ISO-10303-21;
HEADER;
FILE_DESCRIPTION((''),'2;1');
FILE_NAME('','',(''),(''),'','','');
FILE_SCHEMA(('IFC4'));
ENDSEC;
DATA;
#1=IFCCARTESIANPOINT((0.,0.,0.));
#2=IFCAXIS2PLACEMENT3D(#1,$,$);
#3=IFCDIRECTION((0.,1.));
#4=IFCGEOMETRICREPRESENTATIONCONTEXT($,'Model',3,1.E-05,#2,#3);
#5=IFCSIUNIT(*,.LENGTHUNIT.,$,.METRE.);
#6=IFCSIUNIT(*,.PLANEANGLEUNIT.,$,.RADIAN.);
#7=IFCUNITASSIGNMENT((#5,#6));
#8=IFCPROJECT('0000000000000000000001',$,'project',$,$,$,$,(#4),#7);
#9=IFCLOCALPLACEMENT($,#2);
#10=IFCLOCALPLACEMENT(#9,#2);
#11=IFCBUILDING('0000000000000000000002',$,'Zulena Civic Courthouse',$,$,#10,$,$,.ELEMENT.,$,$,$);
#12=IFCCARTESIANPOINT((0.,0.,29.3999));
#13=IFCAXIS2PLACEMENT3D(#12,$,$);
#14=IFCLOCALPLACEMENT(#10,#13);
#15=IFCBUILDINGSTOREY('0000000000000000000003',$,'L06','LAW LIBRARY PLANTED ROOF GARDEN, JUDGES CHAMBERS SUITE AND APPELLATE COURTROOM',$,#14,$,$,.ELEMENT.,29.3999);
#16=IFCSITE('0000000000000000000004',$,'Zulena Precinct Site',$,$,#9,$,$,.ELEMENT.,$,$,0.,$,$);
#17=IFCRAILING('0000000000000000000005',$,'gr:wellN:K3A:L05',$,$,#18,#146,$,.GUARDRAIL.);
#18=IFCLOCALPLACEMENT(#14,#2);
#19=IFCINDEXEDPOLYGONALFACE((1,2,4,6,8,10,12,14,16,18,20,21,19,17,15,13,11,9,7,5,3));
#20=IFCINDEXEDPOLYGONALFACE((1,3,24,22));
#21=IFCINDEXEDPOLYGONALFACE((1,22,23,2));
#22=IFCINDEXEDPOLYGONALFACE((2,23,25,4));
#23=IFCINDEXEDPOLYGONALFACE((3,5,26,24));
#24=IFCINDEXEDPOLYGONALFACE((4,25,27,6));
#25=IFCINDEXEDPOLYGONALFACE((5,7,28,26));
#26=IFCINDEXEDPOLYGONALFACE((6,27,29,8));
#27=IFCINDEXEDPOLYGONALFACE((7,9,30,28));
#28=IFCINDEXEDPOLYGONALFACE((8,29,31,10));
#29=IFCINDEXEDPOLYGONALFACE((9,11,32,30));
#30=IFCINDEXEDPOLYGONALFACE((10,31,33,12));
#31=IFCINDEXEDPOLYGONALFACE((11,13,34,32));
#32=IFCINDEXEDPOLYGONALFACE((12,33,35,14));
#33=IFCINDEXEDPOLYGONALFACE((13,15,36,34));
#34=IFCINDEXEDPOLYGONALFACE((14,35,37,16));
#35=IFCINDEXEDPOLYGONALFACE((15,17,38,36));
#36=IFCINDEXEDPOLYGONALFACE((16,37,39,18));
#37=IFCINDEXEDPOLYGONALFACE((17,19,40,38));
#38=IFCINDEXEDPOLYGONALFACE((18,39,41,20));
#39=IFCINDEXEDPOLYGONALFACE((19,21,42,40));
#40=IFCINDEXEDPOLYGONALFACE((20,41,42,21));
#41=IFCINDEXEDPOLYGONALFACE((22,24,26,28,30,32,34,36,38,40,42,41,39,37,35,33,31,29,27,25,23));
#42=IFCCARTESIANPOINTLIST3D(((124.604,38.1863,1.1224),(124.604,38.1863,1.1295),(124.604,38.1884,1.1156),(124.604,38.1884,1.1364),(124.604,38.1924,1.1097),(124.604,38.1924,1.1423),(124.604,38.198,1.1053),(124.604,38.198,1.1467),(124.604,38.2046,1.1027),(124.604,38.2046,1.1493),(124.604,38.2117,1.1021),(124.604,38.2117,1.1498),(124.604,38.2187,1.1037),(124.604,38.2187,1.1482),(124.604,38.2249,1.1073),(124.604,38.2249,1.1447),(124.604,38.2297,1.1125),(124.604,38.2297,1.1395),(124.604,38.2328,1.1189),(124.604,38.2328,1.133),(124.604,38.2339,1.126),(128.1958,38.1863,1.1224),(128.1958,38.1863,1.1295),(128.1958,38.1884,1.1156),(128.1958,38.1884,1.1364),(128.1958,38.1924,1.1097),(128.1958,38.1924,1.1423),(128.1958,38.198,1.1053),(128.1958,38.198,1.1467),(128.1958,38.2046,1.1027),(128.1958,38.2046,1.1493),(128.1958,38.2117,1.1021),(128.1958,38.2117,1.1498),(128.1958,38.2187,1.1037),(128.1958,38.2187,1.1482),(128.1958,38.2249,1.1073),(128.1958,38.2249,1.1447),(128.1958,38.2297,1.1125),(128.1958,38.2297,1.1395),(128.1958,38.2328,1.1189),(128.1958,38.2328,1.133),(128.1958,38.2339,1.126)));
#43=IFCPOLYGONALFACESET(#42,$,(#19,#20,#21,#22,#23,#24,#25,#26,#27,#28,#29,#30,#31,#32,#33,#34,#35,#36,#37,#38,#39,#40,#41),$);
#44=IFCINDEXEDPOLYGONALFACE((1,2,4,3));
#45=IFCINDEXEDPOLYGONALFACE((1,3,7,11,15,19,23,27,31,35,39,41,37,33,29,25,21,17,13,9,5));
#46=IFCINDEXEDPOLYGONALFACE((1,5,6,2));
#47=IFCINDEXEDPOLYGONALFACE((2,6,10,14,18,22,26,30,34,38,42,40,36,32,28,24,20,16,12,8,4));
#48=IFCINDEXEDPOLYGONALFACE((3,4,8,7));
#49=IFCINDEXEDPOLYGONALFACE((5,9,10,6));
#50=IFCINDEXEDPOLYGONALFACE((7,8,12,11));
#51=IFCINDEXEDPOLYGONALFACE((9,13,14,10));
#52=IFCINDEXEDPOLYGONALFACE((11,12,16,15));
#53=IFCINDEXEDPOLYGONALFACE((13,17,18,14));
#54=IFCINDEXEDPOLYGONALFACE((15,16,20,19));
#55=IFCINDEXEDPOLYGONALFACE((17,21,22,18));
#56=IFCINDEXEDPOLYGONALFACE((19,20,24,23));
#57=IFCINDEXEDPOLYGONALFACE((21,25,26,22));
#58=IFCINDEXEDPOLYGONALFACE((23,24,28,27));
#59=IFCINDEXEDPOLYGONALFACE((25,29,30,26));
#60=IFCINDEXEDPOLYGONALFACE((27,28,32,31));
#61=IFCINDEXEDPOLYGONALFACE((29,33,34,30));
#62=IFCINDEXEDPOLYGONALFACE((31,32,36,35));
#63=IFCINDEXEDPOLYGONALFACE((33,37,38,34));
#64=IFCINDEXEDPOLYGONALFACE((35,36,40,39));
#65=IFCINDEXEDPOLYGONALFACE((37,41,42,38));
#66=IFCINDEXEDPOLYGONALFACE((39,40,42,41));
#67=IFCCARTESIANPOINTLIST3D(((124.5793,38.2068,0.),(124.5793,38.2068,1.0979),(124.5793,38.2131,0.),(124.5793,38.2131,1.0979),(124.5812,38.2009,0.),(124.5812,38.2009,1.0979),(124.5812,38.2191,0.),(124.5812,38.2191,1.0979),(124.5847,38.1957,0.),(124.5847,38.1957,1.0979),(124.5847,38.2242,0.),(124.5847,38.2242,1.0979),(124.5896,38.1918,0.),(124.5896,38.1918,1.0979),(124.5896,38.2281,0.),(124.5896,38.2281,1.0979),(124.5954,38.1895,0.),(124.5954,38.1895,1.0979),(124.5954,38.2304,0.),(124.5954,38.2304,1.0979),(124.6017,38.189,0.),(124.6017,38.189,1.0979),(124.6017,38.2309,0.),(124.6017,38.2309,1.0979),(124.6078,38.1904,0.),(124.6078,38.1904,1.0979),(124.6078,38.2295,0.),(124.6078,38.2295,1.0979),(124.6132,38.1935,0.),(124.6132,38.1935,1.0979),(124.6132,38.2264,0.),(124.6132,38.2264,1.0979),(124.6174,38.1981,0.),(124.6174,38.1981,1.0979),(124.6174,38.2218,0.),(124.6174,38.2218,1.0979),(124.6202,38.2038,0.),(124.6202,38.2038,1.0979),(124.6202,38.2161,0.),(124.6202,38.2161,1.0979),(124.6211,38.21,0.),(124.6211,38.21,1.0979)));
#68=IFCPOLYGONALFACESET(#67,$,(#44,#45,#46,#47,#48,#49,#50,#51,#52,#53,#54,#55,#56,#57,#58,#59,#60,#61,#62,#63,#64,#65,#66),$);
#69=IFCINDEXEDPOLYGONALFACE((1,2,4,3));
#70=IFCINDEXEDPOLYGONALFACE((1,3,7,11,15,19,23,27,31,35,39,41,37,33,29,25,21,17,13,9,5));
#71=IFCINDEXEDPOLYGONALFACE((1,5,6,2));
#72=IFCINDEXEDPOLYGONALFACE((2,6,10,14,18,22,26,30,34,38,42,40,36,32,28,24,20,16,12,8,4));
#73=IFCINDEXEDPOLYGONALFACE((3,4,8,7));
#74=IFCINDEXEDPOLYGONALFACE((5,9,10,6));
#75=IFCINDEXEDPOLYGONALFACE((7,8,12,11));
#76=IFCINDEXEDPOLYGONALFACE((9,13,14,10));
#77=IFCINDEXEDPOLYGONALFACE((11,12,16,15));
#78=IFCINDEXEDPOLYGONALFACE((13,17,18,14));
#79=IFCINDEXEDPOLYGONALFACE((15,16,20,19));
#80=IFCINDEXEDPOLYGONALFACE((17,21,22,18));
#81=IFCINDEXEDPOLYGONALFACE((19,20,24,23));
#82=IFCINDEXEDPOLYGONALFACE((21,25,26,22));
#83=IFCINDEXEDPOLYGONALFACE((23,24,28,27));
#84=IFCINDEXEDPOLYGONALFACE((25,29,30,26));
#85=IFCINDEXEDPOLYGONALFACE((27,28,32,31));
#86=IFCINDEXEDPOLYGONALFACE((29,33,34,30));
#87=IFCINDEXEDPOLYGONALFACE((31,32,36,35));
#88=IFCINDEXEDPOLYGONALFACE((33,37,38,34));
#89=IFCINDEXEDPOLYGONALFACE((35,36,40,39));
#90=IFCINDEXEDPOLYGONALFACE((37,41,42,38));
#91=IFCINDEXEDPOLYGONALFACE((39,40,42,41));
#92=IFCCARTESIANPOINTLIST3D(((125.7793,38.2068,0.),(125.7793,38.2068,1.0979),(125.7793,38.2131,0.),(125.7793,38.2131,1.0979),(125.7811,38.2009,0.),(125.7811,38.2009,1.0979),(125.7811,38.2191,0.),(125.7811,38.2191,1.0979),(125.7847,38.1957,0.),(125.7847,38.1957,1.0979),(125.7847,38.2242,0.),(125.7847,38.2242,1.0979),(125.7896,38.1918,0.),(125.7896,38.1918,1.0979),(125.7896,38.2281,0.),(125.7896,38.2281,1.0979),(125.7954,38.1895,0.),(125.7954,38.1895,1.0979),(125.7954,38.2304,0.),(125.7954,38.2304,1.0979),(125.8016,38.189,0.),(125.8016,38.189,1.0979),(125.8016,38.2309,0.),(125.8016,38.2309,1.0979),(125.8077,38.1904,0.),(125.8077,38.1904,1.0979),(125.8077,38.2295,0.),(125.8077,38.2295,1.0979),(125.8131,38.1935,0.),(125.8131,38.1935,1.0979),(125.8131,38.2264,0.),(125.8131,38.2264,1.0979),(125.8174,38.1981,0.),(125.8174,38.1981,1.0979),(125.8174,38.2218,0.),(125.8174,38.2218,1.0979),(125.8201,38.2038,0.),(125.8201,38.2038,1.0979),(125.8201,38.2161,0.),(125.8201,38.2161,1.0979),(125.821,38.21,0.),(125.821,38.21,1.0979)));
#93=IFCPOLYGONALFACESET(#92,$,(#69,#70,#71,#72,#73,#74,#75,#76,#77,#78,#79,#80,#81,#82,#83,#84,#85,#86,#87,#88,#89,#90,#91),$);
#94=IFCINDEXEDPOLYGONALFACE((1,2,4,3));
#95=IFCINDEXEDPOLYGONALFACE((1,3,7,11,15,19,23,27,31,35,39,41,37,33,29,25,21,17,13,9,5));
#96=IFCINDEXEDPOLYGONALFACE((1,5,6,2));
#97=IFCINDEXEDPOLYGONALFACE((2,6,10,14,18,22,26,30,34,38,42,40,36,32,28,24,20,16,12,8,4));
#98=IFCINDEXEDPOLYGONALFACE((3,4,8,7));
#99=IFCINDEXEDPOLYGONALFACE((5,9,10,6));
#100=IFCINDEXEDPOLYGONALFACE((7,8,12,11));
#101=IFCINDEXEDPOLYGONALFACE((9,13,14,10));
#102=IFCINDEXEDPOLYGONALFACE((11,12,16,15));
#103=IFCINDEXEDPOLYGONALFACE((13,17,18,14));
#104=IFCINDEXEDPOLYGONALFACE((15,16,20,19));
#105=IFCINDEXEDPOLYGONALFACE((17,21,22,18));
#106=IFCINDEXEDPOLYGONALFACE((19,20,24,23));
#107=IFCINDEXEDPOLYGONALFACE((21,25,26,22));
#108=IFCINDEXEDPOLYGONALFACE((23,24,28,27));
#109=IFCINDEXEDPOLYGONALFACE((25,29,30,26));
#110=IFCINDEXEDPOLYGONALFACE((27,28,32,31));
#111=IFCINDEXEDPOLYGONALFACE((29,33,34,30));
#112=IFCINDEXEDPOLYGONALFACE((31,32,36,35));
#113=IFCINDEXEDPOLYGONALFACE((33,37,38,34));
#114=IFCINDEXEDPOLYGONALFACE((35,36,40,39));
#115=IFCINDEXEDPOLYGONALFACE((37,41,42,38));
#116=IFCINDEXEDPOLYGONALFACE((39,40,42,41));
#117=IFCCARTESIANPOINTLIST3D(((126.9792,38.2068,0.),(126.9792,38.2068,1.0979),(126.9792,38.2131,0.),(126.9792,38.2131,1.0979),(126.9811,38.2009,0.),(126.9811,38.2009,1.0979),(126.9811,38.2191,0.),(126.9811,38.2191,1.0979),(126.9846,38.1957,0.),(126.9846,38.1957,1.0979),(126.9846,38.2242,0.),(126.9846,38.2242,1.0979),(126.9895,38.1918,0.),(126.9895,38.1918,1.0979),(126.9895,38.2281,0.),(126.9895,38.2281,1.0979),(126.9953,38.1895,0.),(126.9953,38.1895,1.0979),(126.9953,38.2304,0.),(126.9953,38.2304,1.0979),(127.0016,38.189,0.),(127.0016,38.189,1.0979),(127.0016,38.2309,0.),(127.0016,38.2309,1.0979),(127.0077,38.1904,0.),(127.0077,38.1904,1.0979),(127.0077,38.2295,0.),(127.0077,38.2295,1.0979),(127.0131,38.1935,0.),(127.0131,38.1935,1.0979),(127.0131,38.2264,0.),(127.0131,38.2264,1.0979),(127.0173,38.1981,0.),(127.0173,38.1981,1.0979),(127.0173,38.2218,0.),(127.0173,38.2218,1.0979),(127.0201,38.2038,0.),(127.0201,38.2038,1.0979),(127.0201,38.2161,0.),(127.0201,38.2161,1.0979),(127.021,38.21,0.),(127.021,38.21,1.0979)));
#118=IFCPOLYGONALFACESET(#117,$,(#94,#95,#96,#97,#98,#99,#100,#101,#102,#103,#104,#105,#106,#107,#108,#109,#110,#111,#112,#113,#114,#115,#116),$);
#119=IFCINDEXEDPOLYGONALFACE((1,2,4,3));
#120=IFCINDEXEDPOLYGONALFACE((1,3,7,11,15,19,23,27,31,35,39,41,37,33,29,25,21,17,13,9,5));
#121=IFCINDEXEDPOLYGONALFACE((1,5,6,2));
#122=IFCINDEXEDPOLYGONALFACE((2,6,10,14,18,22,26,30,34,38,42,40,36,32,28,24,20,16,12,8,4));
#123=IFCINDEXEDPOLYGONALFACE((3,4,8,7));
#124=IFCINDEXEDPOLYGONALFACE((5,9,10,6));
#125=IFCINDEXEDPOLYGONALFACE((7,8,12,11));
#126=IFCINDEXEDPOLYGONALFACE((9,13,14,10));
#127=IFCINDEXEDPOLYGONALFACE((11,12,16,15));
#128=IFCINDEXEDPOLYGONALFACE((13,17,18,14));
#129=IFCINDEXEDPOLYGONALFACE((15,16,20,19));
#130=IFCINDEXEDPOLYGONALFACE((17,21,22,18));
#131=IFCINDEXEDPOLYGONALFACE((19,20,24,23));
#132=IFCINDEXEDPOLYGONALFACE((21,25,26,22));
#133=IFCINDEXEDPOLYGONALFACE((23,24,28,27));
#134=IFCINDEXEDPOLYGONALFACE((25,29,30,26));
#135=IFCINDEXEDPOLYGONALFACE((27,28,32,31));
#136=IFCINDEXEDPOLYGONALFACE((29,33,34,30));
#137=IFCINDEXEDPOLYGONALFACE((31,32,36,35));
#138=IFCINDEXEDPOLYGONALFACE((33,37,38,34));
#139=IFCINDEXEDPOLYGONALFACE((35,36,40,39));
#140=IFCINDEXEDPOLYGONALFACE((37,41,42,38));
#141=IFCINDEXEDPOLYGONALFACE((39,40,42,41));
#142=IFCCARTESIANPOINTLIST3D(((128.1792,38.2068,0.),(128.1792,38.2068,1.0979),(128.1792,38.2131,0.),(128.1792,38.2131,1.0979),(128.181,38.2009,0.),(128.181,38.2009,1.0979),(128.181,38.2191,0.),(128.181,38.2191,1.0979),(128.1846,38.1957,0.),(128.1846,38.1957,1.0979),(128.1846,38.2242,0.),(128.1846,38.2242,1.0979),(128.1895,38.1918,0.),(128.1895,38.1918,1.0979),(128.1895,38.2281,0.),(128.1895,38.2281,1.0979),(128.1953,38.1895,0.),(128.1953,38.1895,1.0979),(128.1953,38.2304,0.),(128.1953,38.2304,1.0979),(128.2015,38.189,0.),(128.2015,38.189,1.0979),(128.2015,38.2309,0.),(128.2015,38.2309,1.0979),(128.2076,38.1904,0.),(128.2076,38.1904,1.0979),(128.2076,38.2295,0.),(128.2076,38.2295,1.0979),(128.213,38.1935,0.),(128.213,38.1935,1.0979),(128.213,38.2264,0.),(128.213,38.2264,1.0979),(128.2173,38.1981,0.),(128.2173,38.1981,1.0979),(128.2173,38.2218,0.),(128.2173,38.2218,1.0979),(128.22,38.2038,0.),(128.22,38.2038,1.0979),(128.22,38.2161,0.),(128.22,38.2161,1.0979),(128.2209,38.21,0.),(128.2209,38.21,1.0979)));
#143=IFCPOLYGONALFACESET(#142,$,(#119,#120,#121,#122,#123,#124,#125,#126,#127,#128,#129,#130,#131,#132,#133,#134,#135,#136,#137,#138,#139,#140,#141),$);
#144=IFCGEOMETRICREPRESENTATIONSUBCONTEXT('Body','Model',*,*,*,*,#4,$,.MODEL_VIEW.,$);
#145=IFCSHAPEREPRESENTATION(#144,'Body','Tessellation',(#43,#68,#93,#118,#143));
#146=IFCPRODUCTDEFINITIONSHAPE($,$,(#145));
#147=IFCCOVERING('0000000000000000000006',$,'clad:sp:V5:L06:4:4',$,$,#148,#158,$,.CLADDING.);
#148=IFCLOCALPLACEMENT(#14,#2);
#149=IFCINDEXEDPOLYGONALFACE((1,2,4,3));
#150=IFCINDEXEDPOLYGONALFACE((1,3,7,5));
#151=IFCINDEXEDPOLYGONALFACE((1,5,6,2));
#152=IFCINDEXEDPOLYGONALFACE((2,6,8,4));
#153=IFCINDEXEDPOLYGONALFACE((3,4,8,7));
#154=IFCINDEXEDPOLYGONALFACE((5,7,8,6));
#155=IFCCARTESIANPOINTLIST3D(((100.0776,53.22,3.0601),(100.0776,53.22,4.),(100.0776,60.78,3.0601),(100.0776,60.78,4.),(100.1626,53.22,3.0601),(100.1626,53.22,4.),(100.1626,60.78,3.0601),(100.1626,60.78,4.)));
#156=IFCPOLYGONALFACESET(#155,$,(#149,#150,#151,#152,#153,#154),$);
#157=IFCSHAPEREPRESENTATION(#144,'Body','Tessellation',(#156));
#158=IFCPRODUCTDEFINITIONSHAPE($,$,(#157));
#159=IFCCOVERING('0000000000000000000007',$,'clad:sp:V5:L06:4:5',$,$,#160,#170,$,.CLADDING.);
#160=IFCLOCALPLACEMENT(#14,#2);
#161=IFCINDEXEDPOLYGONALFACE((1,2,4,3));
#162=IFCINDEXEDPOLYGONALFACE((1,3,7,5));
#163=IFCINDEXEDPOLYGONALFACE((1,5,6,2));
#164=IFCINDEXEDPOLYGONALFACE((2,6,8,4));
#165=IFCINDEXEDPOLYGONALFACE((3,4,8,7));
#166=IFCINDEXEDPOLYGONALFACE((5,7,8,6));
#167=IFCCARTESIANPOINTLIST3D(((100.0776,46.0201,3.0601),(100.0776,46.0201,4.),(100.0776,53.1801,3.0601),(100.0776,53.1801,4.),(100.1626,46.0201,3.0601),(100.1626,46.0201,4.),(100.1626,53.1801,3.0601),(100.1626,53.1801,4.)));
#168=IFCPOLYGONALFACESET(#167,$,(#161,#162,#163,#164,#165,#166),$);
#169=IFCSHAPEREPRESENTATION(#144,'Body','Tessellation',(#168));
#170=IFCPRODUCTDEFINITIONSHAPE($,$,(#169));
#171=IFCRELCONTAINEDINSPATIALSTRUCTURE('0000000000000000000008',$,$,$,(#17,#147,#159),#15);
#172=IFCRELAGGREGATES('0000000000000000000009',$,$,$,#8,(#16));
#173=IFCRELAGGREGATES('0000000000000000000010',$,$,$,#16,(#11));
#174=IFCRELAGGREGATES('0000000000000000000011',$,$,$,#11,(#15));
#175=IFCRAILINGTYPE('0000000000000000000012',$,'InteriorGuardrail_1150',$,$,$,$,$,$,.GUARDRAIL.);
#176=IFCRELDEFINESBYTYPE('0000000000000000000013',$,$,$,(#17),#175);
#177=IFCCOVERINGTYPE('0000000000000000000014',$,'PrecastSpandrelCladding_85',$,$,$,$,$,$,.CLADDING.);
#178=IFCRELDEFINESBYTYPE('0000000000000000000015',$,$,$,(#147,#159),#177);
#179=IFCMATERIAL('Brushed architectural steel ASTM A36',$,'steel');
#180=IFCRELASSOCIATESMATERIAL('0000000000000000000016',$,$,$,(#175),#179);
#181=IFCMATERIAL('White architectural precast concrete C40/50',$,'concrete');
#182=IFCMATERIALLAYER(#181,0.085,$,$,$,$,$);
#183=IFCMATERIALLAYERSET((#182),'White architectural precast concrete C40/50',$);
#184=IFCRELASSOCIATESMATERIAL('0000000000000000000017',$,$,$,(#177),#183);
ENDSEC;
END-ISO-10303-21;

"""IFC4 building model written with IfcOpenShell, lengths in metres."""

from ifc_helpers import new_model, si_unit, direction, frame, origin, origin_2d, place, context, subcontext, project, spatial, rectangle, circle, extrude, material, layer, layer_set, type_object, element, save


model = new_model("IFC4")

# Units and contexts
model_context = context("Model", 3, precision=1e-05, world=origin(), true_north=direction((0.0, 1.0)))
body_context = subcontext(model_context, "Body", "Model", "MODEL_VIEW")
ifc_project = project(units=[si_unit("LENGTHUNIT", "METRE"), si_unit("PLANEANGLEUNIT", "RADIAN")], contexts=[model_context])

# Site, building, storey
site_placement = place(None, origin())
site = spatial("IfcSite", under=ifc_project, at=site_placement, Name="Zulena Precinct Site", CompositionType="ELEMENT", RefElevation=0.0)
building_placement = place(site_placement, origin())
building = spatial("IfcBuilding", under=site, at=building_placement, Name="Zulena Civic Courthouse", CompositionType="ELEMENT")
storey_placement = place(building_placement, frame((0.0, 0.0, 29.3999)))
storey = spatial("IfcBuildingStorey", under=building, at=storey_placement, Name="L06", Description="LAW LIBRARY PLANTED ROOF GARDEN, JUDGES CHAMBERS SUITE AND APPELLATE COURTROOM", CompositionType="ELEMENT", Elevation=29.3999)

# Railing
ifc_material_1 = material(Name="Brushed architectural steel ASTM A36", Category="steel")
railing_type_1 = type_object("IfcRailingType", Name="InteriorGuardrail_1150", PredefinedType="GUARDRAIL", material=ifc_material_1)
railing_1_placement = place(storey_placement, frame((124.6001, 38.21, 0.0)))
element("IfcRailing", 1, at=railing_1_placement, inside=storey, type_object=railing_type_1, Name="gr:wellN:K3A:L05", PredefinedType="GUARDRAIL", context=body_context, shape_type="SweptSolid", body=[
    extrude(circle(Radius=0.0239, at=origin_2d()), frame((0.0039, 0.0, 1.126), z_axis=(1.0, 0.0, 0.0), x_axis=(0.0, 1.0, 0.0)), (0.0, 0.0, 1.0), 3.5918),
    extrude(circle(Radius=0.021, at=origin_2d()), origin(), (0.0, 0.0, 1.0), 1.0979),
    extrude(circle(Radius=0.021, at=origin_2d()), frame((1.2, 0.0, 0.0)), (0.0, 0.0, 1.0), 1.0979),
    extrude(circle(Radius=0.021, at=origin_2d()), frame((2.3999, 0.0, 0.0)), (0.0, 0.0, 1.0), 1.0979),
    extrude(circle(Radius=0.021, at=origin_2d()), frame((3.5999, 0.0, 0.0)), (0.0, 0.0, 1.0), 1.0979),
])

# Coverings
ifc_material_2 = material(Name="White architectural precast concrete C40/50", Category="concrete")
ifc_layer_1 = layer(ifc_material_2, 0.085)
ifc_layer_set_1 = layer_set([ifc_layer_1], Name="White architectural precast concrete C40/50")
covering_type = type_object("IfcCoveringType", Name="PrecastSpandrelCladding_85", PredefinedType="CLADDING", material=ifc_layer_set_1)
covering_1_placement = place(storey_placement, frame((100.1201, 57.0, 3.0601), z_axis=(0.0, 0.0, 1.0), x_axis=(0.0, -1.0, 0.0)))
element("IfcCovering", 2, at=covering_1_placement, inside=storey, type_object=covering_type, Name="clad:sp:V5:L06:4:4", PredefinedType="CLADDING", context=body_context, shape_type="SweptSolid", body=[
    extrude(rectangle(XDim=7.5601, YDim=0.085, at=origin_2d()), origin(), (0.0, 0.0, 1.0), 0.9399),
])
covering_2_placement = place(storey_placement, frame((100.1201, 49.6001, 3.0601), z_axis=(0.0, 0.0, 1.0), x_axis=(0.0, -1.0, 0.0)))
element("IfcCovering", 3, at=covering_2_placement, inside=storey, type_object=covering_type, Name="clad:sp:V5:L06:4:5", PredefinedType="CLADDING", context=body_context, shape_type="SweptSolid", body=[
    extrude(rectangle(XDim=7.1599, YDim=0.085, at=origin_2d()), origin(), (0.0, 0.0, 1.0), 0.9399),
])

save(model, "model.ifc")
